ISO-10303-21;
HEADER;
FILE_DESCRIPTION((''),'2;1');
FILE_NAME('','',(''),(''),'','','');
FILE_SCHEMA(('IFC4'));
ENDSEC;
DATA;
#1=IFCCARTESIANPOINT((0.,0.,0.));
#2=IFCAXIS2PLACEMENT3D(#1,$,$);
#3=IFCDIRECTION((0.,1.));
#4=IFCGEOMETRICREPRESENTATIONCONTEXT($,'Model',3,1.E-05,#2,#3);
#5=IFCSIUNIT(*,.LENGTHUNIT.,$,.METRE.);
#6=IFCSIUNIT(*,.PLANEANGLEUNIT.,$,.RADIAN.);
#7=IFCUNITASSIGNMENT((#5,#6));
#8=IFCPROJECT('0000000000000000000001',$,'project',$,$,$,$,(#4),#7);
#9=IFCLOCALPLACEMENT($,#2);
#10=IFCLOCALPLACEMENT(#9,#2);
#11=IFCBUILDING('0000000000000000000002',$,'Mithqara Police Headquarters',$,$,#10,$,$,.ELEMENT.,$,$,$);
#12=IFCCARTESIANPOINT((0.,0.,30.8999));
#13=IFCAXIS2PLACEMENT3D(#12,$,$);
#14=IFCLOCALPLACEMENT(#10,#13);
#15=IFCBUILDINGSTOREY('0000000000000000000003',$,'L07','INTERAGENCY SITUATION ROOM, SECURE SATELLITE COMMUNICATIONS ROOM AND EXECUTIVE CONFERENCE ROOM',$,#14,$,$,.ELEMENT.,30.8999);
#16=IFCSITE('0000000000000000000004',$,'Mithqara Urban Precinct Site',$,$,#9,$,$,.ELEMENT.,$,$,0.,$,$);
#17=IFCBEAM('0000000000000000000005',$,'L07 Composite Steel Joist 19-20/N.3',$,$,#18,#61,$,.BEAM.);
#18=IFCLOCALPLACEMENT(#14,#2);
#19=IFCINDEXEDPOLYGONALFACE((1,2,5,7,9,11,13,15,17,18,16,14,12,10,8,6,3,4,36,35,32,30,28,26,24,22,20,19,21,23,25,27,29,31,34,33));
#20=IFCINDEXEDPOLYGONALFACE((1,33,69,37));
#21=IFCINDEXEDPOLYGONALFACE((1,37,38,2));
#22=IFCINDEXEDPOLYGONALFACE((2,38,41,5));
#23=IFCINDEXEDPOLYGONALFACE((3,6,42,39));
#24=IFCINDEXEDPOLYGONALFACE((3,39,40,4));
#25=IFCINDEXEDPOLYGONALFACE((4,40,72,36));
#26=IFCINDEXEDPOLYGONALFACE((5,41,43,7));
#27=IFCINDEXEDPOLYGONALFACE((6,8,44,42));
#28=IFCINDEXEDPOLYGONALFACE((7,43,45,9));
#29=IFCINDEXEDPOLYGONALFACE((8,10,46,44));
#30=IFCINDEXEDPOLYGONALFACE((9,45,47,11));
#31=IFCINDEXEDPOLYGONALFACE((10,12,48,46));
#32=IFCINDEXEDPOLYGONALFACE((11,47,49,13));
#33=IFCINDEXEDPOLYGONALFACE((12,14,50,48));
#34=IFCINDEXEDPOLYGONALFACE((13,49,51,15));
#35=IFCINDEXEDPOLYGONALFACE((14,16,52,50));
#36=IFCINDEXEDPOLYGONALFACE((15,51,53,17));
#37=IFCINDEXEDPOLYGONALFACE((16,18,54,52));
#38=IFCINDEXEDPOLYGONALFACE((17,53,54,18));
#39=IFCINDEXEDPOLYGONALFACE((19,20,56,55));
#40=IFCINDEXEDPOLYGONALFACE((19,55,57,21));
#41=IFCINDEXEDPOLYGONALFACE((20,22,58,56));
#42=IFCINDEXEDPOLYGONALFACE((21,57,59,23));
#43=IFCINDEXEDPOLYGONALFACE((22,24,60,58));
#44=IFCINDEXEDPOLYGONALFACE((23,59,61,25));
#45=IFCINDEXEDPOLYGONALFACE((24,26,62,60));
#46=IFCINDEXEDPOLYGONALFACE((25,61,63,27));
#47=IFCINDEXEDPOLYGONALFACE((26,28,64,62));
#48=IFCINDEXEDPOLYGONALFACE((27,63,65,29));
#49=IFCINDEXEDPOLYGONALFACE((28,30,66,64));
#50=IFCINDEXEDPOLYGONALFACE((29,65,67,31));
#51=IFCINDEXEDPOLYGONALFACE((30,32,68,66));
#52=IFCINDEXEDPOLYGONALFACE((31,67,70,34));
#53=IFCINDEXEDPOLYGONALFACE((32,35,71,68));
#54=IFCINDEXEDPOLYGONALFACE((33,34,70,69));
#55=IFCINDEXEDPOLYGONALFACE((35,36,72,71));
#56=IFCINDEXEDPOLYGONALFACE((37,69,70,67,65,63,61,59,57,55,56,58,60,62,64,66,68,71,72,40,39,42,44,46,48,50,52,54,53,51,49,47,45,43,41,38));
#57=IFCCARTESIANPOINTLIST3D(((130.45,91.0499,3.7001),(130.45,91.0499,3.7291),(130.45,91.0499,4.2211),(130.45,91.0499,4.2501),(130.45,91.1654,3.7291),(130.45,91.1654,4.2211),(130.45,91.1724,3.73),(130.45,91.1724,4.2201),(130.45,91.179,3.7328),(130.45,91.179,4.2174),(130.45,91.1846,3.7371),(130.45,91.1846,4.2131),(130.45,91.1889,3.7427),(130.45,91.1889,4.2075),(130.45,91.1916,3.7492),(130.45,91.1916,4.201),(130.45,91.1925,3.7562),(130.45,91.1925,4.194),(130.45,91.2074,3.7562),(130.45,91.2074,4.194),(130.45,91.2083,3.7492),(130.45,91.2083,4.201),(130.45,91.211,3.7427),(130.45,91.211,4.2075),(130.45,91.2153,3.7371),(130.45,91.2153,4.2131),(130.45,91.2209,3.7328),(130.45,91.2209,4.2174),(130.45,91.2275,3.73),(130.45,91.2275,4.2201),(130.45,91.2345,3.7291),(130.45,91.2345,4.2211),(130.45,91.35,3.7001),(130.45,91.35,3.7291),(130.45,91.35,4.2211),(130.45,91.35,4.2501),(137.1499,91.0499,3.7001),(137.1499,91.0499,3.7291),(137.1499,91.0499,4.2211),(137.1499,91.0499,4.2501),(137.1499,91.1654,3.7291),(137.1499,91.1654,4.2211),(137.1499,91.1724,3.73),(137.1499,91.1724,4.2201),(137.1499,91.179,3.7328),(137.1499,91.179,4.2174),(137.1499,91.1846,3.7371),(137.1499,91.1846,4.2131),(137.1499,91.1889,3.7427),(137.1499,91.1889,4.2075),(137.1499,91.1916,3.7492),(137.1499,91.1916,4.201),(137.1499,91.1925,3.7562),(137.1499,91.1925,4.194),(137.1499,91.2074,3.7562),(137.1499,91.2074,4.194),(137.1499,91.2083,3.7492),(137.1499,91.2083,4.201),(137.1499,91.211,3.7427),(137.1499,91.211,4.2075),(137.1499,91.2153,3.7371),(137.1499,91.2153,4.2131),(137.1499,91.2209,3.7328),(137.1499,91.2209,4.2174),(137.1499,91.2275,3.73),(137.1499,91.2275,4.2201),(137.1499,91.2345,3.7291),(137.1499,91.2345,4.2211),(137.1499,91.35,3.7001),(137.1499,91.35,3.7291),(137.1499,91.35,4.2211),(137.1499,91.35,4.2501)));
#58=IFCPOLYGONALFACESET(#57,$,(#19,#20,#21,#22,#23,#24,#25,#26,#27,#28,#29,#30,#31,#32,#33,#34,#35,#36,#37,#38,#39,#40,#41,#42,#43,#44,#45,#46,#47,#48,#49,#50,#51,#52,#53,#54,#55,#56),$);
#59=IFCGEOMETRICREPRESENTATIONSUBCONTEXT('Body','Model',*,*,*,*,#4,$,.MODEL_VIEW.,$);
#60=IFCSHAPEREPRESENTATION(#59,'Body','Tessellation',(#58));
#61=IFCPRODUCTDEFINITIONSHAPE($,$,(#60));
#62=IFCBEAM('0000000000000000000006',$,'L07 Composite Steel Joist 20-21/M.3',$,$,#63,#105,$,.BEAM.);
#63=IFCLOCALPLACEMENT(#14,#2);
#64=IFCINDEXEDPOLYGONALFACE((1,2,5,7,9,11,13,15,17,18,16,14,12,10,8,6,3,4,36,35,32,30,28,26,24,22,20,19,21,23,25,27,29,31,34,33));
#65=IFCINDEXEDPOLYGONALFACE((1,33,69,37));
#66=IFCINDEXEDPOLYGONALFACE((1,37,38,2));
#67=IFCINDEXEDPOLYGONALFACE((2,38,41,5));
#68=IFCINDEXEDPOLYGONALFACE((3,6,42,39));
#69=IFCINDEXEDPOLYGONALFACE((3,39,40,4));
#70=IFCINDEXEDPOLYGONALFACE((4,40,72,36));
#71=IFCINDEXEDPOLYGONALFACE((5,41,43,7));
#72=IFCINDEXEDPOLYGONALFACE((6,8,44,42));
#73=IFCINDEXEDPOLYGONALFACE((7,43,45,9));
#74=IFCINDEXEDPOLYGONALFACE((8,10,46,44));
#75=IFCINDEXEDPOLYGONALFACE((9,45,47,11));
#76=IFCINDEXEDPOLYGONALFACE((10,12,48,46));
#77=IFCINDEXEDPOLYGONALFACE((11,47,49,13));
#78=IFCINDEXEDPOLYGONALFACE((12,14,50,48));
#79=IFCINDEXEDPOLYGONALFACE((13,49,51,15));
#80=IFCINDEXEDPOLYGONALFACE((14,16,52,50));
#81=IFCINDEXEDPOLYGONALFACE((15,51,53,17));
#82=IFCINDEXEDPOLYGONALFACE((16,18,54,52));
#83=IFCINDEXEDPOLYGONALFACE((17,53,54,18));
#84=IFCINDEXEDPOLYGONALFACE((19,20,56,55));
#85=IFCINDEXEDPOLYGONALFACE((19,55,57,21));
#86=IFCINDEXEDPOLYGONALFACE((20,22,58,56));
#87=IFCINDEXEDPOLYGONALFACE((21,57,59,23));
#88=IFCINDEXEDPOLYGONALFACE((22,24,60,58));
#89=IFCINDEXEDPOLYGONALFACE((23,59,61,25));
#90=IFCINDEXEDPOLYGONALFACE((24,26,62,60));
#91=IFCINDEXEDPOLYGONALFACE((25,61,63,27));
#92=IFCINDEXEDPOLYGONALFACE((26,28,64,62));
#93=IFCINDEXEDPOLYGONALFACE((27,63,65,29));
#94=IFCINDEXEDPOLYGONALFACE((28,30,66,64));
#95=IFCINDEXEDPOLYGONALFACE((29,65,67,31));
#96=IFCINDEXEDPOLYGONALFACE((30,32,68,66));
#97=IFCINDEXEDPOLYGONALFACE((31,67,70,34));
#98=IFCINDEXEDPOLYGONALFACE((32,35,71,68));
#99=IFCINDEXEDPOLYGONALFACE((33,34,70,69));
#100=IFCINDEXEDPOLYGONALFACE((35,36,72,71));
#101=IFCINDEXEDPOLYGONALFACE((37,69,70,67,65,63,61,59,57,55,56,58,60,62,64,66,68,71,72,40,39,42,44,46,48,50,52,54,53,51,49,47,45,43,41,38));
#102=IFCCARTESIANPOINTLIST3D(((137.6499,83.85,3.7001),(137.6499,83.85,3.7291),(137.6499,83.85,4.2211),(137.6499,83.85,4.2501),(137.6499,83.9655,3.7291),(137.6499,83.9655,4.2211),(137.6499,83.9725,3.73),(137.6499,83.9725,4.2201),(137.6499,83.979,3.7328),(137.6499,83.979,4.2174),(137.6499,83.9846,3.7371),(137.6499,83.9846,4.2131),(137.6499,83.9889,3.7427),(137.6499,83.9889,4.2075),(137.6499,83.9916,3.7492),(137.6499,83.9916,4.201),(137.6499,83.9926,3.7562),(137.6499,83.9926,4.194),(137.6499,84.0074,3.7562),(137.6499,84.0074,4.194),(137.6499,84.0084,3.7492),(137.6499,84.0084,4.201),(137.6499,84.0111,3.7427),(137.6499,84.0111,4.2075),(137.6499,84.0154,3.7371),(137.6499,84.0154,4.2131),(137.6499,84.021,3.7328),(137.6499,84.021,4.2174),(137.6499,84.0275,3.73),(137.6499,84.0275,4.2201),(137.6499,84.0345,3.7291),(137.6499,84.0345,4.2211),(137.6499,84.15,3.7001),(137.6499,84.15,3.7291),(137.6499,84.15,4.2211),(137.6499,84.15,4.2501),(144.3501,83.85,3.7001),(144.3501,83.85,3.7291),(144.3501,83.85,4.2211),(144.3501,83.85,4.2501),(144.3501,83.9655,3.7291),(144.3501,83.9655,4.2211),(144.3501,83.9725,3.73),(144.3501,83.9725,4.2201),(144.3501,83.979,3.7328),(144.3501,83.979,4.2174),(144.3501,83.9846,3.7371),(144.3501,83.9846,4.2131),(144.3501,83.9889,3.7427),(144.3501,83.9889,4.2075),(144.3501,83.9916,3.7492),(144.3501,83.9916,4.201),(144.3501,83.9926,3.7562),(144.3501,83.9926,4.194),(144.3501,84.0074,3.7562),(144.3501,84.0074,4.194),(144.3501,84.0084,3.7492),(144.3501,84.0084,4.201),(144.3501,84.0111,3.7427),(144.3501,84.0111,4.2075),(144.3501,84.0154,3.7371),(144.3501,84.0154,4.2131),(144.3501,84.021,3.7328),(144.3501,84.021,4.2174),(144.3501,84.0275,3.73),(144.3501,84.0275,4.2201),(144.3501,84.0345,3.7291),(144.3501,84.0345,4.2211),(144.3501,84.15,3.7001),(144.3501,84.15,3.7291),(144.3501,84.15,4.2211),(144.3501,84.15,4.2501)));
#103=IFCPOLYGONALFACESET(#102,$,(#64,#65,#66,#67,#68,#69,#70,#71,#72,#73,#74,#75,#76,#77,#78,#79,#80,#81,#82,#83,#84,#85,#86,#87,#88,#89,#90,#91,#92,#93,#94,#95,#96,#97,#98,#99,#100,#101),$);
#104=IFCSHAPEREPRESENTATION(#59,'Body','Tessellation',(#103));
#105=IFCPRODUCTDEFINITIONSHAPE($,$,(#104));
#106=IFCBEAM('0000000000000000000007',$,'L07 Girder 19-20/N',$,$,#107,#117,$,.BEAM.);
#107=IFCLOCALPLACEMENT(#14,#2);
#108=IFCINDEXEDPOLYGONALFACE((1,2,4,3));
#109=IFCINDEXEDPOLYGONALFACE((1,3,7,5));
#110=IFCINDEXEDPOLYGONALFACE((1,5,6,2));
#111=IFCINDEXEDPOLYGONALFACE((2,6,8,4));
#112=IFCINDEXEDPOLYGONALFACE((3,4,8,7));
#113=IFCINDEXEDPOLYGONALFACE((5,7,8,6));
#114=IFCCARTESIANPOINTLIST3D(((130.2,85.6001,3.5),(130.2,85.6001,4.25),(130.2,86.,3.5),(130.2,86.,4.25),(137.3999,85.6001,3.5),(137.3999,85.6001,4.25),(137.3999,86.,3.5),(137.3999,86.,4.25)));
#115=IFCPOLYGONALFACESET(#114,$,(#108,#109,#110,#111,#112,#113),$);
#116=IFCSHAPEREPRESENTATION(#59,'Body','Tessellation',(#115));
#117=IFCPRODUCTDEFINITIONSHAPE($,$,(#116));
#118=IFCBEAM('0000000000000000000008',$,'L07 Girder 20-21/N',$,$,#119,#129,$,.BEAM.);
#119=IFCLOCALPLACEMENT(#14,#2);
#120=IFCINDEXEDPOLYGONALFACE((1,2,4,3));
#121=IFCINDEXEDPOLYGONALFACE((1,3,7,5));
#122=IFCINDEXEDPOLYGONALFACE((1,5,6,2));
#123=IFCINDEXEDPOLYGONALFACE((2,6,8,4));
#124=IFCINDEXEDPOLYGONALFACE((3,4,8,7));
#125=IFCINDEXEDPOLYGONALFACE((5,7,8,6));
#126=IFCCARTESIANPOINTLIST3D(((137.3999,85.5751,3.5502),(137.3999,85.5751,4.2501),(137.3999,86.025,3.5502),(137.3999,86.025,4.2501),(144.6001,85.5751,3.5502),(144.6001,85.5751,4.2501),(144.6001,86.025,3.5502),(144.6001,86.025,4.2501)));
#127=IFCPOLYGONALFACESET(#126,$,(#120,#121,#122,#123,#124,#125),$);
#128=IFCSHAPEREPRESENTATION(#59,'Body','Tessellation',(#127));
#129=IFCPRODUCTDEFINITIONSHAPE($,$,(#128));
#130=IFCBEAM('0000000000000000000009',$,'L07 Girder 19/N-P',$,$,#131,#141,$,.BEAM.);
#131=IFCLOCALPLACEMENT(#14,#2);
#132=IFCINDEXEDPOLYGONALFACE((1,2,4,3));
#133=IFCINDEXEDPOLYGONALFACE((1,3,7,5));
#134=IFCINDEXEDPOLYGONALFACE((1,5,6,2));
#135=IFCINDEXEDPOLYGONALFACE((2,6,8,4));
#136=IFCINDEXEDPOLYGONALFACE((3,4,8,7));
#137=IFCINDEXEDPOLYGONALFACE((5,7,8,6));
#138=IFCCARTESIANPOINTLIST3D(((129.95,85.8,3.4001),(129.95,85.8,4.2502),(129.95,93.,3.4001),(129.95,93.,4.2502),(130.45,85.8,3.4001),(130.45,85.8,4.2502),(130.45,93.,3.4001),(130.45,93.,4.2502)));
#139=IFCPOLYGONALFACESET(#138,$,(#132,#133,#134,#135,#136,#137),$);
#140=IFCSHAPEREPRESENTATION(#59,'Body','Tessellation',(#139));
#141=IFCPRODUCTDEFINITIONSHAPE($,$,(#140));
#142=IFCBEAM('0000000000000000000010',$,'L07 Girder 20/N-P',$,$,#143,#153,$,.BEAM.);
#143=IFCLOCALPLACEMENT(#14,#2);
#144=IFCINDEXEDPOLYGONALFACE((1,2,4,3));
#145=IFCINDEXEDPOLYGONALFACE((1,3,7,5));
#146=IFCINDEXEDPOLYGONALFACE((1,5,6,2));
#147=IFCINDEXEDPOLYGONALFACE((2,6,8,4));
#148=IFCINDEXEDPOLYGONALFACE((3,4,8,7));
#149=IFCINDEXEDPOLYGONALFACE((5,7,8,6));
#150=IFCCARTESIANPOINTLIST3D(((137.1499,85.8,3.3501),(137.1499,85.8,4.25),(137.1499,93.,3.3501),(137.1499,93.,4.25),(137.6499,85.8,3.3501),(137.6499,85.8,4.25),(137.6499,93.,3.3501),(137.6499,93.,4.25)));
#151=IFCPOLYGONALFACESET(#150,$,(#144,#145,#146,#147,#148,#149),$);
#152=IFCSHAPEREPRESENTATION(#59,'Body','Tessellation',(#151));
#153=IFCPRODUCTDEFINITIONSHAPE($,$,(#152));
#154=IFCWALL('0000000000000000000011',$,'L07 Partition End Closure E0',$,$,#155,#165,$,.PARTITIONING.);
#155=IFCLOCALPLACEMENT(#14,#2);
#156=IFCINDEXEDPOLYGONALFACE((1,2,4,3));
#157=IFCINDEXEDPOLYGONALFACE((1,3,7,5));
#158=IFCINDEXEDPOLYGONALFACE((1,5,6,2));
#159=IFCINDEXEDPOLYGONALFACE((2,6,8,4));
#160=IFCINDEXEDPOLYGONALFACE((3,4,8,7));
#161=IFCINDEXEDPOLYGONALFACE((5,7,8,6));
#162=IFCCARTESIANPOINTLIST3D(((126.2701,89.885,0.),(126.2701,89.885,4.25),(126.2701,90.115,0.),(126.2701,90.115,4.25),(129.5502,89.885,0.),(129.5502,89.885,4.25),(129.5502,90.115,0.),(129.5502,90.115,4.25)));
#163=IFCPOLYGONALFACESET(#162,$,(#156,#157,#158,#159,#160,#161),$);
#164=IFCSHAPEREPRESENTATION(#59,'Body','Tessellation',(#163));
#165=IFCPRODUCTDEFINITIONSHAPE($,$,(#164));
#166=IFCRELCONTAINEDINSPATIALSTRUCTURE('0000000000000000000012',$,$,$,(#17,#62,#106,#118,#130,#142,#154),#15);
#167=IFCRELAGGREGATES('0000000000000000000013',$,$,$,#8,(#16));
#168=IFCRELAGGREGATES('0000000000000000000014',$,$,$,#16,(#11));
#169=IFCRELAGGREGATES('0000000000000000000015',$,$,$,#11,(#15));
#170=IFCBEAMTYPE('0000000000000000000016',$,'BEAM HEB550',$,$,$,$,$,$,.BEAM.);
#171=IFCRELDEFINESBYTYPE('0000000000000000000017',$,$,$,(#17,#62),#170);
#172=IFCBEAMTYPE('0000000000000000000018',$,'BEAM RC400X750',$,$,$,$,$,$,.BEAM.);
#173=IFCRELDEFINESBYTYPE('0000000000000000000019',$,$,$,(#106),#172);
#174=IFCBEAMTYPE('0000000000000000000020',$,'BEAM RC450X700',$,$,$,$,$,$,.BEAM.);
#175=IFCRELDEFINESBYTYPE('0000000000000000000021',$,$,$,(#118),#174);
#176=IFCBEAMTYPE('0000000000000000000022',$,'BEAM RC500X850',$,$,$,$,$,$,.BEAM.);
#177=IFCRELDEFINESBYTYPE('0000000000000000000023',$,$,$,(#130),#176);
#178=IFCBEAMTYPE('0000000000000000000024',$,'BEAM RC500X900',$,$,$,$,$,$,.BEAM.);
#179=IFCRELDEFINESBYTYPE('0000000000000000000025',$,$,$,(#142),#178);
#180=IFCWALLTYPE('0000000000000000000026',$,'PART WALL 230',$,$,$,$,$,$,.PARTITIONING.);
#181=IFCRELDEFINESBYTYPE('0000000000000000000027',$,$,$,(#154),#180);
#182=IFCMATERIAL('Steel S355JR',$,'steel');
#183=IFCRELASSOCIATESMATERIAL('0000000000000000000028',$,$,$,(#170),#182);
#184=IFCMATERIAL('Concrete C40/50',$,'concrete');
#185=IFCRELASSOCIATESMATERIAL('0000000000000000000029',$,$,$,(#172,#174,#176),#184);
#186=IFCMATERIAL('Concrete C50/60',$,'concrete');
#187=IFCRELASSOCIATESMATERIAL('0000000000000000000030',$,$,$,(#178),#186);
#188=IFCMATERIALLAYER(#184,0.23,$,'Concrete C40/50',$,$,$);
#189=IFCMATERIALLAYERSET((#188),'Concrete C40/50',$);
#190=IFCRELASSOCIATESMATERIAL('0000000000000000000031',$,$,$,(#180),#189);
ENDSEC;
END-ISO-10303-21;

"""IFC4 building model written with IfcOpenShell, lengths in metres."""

from ifc_helpers import new_model, si_unit, direction, frame, frame_2d, origin, origin_2d, place, context, subcontext, project, spatial, rectangle, i_section, extrude, material, layer, layer_set, material_profile, profile_set, type_object, element, save


model = new_model("IFC4")

# Units and contexts
model_context = context("Model", 3, precision=1e-05, world=origin(), true_north=direction((0.0, 1.0)))
body_context = subcontext(model_context, "Body", "Model", "MODEL_VIEW")
ifc_project = project(units=[si_unit("LENGTHUNIT", "METRE"), si_unit("PLANEANGLEUNIT", "RADIAN")], contexts=[model_context])

# Site, building, storey
site_placement = place(None, origin())
site = spatial("IfcSite", under=ifc_project, at=site_placement, Name="Mithqara Urban Precinct Site", CompositionType="ELEMENT", RefElevation=0.0)
building_placement = place(site_placement, origin())
building = spatial("IfcBuilding", under=site, at=building_placement, Name="Mithqara Police Headquarters", CompositionType="ELEMENT")
storey_placement = place(building_placement, frame((0.0, 0.0, 30.8999)))
storey = spatial("IfcBuildingStorey", under=building, at=storey_placement, Name="L07", Description="INTERAGENCY SITUATION ROOM, SECURE SATELLITE COMMUNICATIONS ROOM AND EXECUTIVE CONFERENCE ROOM", CompositionType="ELEMENT", Elevation=30.8999)

# Shared definitions
ifc_material_1 = material(Name="Concrete C50/60", Category="concrete")

# Beams
ifc_material_2 = material(Name="Steel S355JR", Category="steel")
ifc_material_profile_1 = material_profile(ifc_material_2, i_section(OverallWidth=0.3, OverallDepth=0.55, WebThickness=0.0149, FlangeThickness=0.0291, FilletRadius=0.0271, at=origin_2d()), Name="HEB 550")
ifc_profile_set_1 = profile_set([ifc_material_profile_1], Name="Steel S355JR")
beam_type_1 = type_object("IfcBeamType", Name="BEAM HEB550", PredefinedType="BEAM", material=ifc_profile_set_1)
for number, where, z_axis, x_axis, name in (
    (1, (130.45, 91.2, 3.9751), (1.0, 0.0, 0.0), (0.0, 1.0, 0.0), "L07 Composite Steel Joist 19-20/N.3"),
):
    element("IfcBeam", number, at=place(storey_placement, frame(where, z_axis=z_axis, x_axis=x_axis)), inside=storey, type_object=beam_type_1, Name=name, PredefinedType="BEAM", context=body_context, shape_type="SweptSolid", body=[
        extrude(i_section(OverallWidth=0.3, OverallDepth=0.55, WebThickness=0.0149, FlangeThickness=0.0291, FilletRadius=0.0271, at=origin_2d()), origin(), (0.0, 0.0, 1.0), 6.7),
    ])
beam_1_placement = place(storey_placement, frame((137.6499, 84.0, 3.9751), z_axis=(1.0, 0.0, 0.0), x_axis=(0.0, 1.0, 0.0)))
element("IfcBeam", 2, at=beam_1_placement, inside=storey, type_object=beam_type_1, Name="L07 Composite Steel Joist 20-21/M.3", PredefinedType="BEAM", context=body_context, shape_type="SweptSolid", body=[
    extrude(i_section(OverallWidth=0.3, OverallDepth=0.55, WebThickness=0.0149, FlangeThickness=0.0291, FilletRadius=0.0271, at=origin_2d()), origin(), (0.0, 0.0, 1.0), 6.7002),
])
ifc_material_3 = material(Name="Concrete C40/50", Category="concrete")
ifc_material_profile_2 = material_profile(ifc_material_3, rectangle(XDim=0.3999, YDim=0.75, at=origin_2d()), Name="RC 400x750")
ifc_profile_set_2 = profile_set([ifc_material_profile_2], Name="Concrete C40/50")
beam_type_2 = type_object("IfcBeamType", Name="BEAM RC400X750", PredefinedType="BEAM", material=ifc_profile_set_2)
beam_2_placement = place(storey_placement, frame((130.2, 85.8, 3.875), z_axis=(1.0, 0.0, 0.0), x_axis=(0.0, 1.0, 0.0)))
element("IfcBeam", 3, at=beam_2_placement, inside=storey, type_object=beam_type_2, Name="L07 Girder 19-20/N", PredefinedType="BEAM", context=body_context, shape_type="SweptSolid", body=[
    extrude(rectangle(XDim=0.3999, YDim=0.75, at=origin_2d()), origin(), (0.0, 0.0, 1.0), 7.2),
])
ifc_material_profile_3 = material_profile(ifc_material_3, rectangle(XDim=0.45, YDim=0.7, at=origin_2d()), Name="RC 450x700")
ifc_profile_set_3 = profile_set([ifc_material_profile_3], Name="Concrete C40/50")
beam_type_3 = type_object("IfcBeamType", Name="BEAM RC450X700", PredefinedType="BEAM", material=ifc_profile_set_3)
beam_3_placement = place(storey_placement, frame((137.3999, 85.8, 3.9001), z_axis=(1.0, 0.0, 0.0), x_axis=(0.0, 1.0, 0.0)))
element("IfcBeam", 4, at=beam_3_placement, inside=storey, type_object=beam_type_3, Name="L07 Girder 20-21/N", PredefinedType="BEAM", context=body_context, shape_type="SweptSolid", body=[
    extrude(rectangle(XDim=0.45, YDim=0.7, at=origin_2d()), origin(), (0.0, 0.0, 1.0), 7.2002),
])
ifc_material_profile_4 = material_profile(ifc_material_3, rectangle(XDim=0.5, YDim=0.8501, at=origin_2d()), Name="RC 500x850")
ifc_profile_set_4 = profile_set([ifc_material_profile_4], Name="Concrete C40/50")
beam_type_4 = type_object("IfcBeamType", Name="BEAM RC500X850", PredefinedType="BEAM", material=ifc_profile_set_4)
beam_4_placement = place(storey_placement, frame((130.2, 85.8, 3.8252), z_axis=(0.0, 1.0, 0.0), x_axis=(-1.0, 0.0, 0.0)))
element("IfcBeam", 5, at=beam_4_placement, inside=storey, type_object=beam_type_4, Name="L07 Girder 19/N-P", PredefinedType="BEAM", context=body_context, shape_type="SweptSolid", body=[
    extrude(rectangle(XDim=0.5, YDim=0.8501, at=origin_2d()), origin(), (0.0, 0.0, 1.0), 7.2),
])
ifc_material_profile_5 = material_profile(ifc_material_1, rectangle(XDim=0.5, YDim=0.8999, at=origin_2d()), Name="RC 500x900")
ifc_profile_set_5 = profile_set([ifc_material_profile_5], Name="Concrete C50/60")
beam_type_5 = type_object("IfcBeamType", Name="BEAM RC500X900", PredefinedType="BEAM", material=ifc_profile_set_5)
beam_5_placement = place(storey_placement, frame((137.3999, 85.8, 3.8), z_axis=(0.0, 1.0, 0.0), x_axis=(-1.0, 0.0, 0.0)))
element("IfcBeam", 6, at=beam_5_placement, inside=storey, type_object=beam_type_5, Name="L07 Girder 20/N-P", PredefinedType="BEAM", context=body_context, shape_type="SweptSolid", body=[
    extrude(rectangle(XDim=0.5, YDim=0.8999, at=origin_2d()), origin(), (0.0, 0.0, 1.0), 7.2),
])

# Wall
ifc_layer_1 = layer(ifc_material_3, 0.23, Name="Concrete C40/50")
ifc_layer_set_1 = layer_set([ifc_layer_1], Name="Concrete C40/50")
wall_type_1 = type_object("IfcWallType", Name="PART WALL 230", PredefinedType="PARTITIONING", material=ifc_layer_set_1)
wall_1_placement = place(storey_placement, frame((126.27, 90.0, 0.0), z_axis=(0.0, 0.0, 1.0), x_axis=(1.0, 0.0, 0.0)))
element("IfcWall", 7, at=wall_1_placement, inside=storey, type_object=wall_type_1, Name="L07 Partition End Closure E0", PredefinedType="PARTITIONING", context=body_context, shape_type="SweptSolid", body=[
    extrude(rectangle(XDim=3.28, YDim=0.23, at=frame_2d((1.6401, 0.0))), origin(), (0.0, 0.0, 1.0), 4.25),
])

save(model, "model.ifc")
